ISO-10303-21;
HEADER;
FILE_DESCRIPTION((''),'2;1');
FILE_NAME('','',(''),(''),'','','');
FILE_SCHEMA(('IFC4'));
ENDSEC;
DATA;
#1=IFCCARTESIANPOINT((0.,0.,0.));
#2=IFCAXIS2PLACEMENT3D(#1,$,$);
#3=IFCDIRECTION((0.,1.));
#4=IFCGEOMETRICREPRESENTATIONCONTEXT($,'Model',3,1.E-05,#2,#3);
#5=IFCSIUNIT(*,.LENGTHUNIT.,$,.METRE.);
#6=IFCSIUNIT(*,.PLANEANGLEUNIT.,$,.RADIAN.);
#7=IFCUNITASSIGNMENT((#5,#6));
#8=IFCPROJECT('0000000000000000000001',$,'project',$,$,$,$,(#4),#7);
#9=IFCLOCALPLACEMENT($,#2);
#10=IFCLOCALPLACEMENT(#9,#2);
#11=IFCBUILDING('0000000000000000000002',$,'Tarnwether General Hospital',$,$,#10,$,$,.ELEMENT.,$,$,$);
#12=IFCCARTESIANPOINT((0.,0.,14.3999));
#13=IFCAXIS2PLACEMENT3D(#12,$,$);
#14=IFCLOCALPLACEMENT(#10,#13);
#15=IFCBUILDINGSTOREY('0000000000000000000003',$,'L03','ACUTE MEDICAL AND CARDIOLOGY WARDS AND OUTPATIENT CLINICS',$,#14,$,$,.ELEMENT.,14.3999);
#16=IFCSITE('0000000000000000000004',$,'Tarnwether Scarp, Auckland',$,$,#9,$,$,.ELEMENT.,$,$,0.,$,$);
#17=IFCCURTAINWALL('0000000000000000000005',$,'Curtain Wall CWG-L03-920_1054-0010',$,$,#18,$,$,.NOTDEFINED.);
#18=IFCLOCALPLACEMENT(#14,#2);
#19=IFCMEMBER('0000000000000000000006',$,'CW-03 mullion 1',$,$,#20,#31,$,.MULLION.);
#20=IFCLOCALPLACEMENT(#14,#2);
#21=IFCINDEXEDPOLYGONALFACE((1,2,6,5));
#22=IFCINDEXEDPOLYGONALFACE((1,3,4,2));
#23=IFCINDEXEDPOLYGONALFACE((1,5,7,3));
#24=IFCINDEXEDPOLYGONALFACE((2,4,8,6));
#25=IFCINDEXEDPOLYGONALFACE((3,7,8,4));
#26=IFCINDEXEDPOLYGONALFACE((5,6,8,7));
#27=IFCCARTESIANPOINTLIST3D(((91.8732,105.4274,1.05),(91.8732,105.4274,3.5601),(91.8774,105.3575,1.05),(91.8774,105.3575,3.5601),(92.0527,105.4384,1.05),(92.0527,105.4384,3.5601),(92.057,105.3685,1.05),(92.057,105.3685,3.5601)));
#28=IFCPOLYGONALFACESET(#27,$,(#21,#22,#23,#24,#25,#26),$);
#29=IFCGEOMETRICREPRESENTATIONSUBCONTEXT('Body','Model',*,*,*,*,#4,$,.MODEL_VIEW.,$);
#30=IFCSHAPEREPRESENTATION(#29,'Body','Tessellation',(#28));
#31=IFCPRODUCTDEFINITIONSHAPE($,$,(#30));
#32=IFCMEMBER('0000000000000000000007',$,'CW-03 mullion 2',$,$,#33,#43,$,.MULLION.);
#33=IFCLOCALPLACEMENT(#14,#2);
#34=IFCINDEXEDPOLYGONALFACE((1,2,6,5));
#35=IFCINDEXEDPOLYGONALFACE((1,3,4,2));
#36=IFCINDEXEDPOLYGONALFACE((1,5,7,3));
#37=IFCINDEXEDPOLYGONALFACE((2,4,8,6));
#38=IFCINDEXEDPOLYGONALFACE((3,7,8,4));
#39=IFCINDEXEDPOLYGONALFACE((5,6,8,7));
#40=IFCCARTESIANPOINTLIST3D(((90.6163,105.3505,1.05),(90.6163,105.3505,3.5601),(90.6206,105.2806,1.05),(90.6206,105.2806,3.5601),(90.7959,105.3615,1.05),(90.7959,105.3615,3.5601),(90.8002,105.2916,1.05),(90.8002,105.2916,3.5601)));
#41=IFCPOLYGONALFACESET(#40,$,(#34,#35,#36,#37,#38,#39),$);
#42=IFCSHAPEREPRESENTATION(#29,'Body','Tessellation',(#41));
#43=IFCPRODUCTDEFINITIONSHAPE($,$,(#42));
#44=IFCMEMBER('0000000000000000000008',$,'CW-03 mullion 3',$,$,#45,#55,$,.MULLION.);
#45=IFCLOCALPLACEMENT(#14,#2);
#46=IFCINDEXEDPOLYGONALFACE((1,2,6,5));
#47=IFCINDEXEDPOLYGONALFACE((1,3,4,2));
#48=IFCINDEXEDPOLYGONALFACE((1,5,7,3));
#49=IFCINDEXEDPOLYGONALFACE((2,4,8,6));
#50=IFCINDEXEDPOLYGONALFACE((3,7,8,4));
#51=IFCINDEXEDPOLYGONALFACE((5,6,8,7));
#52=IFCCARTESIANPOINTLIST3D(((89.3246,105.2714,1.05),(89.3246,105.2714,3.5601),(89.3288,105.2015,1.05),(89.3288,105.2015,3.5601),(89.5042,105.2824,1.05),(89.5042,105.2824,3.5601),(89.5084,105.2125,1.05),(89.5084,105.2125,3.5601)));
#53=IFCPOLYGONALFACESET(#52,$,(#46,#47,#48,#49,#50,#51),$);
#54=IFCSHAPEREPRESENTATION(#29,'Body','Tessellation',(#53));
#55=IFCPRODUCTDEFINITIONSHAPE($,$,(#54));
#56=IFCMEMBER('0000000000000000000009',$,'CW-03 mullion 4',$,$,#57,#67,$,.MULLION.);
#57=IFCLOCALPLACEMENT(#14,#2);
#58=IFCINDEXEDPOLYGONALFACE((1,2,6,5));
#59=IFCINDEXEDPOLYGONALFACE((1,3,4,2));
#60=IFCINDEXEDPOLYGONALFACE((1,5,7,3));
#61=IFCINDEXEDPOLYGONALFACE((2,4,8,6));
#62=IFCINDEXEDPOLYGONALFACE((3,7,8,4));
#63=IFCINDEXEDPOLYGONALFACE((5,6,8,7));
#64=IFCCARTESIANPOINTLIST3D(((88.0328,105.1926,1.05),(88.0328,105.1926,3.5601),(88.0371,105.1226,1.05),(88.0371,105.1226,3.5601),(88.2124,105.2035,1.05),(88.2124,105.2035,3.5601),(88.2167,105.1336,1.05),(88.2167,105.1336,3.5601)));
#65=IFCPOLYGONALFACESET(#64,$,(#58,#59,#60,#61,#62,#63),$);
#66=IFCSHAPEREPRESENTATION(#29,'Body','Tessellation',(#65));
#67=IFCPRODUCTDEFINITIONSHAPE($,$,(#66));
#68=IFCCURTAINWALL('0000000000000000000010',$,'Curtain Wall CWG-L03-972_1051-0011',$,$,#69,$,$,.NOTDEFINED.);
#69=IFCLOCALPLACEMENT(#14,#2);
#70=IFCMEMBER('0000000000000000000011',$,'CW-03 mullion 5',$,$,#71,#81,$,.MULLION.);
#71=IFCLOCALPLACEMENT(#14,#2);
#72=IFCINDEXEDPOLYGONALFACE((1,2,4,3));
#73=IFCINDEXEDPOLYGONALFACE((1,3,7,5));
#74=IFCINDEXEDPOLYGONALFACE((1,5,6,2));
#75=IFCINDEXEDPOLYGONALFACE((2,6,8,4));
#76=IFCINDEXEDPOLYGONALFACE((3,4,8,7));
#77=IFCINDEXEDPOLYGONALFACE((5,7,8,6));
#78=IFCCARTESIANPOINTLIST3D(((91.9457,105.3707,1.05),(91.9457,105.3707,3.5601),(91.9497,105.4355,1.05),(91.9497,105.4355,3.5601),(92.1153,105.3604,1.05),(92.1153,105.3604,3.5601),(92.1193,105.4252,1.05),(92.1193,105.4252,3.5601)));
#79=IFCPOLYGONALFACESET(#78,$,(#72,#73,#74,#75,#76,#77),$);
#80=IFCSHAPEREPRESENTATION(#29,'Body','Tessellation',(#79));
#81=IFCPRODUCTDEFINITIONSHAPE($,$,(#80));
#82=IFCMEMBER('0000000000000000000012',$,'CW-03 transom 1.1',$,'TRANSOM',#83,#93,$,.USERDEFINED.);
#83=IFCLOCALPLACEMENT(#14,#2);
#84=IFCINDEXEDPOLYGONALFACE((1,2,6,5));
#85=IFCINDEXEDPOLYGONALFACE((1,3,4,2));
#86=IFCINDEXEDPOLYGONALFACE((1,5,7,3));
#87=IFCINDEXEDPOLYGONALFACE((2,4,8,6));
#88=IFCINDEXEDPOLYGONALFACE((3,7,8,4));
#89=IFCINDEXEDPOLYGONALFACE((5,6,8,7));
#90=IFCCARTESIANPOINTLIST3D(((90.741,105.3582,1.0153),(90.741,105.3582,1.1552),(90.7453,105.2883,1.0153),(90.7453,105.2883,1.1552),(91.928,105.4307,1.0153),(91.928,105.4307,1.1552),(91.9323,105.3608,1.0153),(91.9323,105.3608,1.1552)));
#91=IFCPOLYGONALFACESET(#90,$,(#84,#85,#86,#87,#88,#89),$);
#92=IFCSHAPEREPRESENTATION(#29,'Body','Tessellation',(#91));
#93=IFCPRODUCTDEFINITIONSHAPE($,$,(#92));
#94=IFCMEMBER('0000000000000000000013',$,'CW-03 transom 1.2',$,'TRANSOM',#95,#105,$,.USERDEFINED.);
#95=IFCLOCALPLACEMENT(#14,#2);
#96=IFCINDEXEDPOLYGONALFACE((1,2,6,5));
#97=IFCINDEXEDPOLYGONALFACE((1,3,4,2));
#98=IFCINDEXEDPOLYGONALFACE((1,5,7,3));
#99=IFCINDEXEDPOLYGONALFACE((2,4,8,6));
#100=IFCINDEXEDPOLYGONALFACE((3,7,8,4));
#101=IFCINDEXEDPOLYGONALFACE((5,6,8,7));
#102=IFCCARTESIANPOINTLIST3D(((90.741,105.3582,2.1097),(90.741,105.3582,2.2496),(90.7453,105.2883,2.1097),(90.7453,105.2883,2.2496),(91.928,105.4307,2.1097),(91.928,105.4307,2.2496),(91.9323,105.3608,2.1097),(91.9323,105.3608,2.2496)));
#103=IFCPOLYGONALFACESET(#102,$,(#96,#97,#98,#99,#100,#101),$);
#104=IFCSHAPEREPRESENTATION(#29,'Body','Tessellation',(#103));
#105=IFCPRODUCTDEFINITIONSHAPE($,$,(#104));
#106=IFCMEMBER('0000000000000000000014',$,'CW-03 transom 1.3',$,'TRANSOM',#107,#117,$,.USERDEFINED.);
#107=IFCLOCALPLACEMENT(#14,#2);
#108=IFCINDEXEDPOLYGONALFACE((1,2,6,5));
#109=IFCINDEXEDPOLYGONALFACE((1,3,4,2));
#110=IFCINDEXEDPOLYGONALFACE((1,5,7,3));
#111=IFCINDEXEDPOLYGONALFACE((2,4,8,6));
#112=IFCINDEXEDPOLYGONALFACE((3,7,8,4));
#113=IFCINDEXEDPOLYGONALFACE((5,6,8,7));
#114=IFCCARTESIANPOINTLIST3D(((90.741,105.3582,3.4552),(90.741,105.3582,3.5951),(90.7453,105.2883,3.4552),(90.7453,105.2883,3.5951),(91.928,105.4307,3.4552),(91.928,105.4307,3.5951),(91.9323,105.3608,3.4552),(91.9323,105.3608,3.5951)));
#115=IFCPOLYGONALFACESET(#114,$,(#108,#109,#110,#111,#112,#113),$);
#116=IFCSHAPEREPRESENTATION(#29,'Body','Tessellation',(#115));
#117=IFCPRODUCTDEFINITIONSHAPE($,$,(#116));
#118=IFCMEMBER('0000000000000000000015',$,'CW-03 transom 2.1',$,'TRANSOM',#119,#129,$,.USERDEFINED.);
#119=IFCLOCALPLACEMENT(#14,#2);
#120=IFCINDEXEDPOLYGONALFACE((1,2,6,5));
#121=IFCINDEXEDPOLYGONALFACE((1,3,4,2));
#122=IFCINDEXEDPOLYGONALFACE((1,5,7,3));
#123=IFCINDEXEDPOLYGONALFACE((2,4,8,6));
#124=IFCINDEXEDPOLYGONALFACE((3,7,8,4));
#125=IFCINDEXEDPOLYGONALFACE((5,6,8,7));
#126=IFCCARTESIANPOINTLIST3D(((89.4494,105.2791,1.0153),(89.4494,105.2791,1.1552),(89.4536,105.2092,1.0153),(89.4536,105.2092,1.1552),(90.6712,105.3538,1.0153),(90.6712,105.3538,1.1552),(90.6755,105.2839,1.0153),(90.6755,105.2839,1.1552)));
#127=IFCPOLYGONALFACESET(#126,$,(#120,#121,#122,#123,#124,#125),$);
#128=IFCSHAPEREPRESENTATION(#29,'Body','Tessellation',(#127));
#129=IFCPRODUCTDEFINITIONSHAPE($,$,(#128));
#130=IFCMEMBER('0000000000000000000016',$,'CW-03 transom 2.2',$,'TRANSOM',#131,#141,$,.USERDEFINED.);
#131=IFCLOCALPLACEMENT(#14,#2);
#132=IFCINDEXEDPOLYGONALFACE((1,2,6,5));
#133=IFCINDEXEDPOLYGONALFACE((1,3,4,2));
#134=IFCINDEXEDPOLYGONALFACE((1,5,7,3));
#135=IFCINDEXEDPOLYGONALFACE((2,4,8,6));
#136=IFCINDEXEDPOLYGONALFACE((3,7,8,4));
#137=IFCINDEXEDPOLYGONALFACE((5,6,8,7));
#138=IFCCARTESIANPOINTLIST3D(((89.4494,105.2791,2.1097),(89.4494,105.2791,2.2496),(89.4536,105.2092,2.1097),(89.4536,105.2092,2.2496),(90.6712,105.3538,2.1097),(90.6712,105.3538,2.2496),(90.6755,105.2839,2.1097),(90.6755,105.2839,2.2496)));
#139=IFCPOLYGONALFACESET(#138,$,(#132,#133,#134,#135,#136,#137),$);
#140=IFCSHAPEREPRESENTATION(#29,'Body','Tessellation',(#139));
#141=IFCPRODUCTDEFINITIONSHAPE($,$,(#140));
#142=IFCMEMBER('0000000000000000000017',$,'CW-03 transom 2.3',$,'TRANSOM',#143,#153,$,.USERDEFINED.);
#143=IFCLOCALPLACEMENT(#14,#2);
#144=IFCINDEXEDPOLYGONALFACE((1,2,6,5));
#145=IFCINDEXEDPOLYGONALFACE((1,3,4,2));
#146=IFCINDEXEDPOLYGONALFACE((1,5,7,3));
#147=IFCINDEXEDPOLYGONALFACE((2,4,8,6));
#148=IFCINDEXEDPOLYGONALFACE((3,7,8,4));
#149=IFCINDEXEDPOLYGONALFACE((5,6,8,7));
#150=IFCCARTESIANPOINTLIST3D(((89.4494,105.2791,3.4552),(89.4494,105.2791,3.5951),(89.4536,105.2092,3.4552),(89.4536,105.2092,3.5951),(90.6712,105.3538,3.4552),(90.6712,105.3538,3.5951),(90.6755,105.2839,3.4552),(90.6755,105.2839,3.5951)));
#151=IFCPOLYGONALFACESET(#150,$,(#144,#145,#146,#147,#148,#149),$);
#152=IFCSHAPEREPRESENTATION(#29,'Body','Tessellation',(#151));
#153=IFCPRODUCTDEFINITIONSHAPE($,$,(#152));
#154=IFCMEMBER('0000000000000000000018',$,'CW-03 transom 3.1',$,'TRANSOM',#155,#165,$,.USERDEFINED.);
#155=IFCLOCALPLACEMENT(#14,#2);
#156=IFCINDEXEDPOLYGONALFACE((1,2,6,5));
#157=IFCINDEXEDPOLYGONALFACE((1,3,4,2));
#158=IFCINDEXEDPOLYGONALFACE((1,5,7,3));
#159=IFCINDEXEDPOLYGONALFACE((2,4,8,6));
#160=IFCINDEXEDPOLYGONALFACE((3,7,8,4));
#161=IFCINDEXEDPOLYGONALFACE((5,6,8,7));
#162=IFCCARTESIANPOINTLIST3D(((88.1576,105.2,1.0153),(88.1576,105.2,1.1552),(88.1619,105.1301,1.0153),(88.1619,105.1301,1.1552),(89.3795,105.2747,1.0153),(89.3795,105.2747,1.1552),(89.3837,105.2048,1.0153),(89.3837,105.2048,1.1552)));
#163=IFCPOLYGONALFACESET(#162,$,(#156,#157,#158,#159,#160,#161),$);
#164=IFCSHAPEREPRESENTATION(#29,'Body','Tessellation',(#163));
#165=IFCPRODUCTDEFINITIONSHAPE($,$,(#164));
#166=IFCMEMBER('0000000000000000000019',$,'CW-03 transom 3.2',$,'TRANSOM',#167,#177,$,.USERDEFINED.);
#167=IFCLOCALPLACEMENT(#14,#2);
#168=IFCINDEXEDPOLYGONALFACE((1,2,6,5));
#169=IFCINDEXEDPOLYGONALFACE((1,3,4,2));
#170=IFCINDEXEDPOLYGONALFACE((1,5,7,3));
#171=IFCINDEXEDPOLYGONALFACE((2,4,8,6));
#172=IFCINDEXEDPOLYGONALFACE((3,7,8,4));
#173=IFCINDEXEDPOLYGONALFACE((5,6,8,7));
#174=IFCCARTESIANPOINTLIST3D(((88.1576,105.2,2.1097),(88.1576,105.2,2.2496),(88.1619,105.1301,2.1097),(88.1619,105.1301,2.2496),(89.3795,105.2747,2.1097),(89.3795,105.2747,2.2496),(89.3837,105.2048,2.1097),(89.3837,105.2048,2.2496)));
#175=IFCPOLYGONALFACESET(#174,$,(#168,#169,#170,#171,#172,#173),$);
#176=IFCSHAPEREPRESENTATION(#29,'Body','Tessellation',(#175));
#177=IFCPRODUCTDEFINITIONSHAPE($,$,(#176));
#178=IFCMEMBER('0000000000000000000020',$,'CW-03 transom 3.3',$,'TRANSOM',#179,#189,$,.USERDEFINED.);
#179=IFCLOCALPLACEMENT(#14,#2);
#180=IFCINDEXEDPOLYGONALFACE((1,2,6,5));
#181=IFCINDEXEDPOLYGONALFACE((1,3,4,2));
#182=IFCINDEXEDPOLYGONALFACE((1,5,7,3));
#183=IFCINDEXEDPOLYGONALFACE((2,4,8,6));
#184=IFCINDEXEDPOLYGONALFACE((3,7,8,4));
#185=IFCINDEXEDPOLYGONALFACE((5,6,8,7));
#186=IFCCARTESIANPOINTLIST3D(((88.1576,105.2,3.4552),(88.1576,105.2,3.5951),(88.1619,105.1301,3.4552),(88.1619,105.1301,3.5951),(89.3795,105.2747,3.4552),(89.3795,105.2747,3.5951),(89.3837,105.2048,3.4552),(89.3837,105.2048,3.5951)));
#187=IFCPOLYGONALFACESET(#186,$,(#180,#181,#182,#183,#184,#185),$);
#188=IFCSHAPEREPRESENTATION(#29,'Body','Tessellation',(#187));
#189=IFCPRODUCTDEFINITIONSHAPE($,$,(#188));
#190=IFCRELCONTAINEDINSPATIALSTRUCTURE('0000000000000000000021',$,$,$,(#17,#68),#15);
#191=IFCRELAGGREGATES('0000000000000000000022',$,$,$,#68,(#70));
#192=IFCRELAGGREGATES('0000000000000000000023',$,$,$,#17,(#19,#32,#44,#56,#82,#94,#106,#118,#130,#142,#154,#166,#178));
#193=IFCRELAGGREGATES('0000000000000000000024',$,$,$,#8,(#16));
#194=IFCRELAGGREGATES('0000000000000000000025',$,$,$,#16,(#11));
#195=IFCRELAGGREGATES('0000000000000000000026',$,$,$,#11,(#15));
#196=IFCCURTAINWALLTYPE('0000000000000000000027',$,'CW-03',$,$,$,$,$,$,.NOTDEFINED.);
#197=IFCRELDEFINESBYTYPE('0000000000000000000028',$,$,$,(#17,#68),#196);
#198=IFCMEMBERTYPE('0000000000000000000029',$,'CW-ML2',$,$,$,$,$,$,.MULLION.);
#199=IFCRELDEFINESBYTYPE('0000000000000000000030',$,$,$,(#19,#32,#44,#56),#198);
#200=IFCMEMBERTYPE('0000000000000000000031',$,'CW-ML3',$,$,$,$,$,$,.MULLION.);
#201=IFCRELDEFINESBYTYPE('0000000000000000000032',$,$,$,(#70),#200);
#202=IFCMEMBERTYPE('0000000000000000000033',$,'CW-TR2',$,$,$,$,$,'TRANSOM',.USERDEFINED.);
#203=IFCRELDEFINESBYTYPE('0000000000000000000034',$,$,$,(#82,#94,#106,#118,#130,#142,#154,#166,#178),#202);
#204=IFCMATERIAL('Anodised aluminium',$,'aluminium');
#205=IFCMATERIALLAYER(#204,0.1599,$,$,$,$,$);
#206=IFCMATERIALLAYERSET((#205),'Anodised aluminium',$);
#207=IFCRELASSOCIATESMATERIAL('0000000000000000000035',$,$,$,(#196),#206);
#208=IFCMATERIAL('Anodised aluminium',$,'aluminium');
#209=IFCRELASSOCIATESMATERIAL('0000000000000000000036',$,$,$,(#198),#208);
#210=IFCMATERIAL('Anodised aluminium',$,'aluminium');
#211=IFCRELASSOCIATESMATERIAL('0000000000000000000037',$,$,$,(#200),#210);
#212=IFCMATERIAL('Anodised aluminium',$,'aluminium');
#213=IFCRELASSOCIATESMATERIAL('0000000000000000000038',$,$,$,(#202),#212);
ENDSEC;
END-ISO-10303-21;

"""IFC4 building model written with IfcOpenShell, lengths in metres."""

from ifc_helpers import new_model, si_unit, direction, frame, origin, origin_2d, place, context, subcontext, project, spatial, rectangle, extrude, material, layer, layer_set, material_profile, profile_set, type_object, element, aggregate, save


model = new_model("IFC4")

# Units and contexts
model_context = context("Model", 3, precision=1e-05, world=origin(), true_north=direction((0.0, 1.0)))
body_context = subcontext(model_context, "Body", "Model", "MODEL_VIEW")
ifc_project = project(units=[si_unit("LENGTHUNIT", "METRE"), si_unit("PLANEANGLEUNIT", "RADIAN")], contexts=[model_context])

# Site, building, storey
site_placement = place(None, origin())
site = spatial("IfcSite", under=ifc_project, at=site_placement, Name="Tarnwether Scarp, Auckland", CompositionType="ELEMENT", RefElevation=0.0)
building_placement = place(site_placement, origin())
building = spatial("IfcBuilding", under=site, at=building_placement, Name="Tarnwether General Hospital", CompositionType="ELEMENT")
storey_placement = place(building_placement, frame((0.0, 0.0, 14.3999)))
storey = spatial("IfcBuildingStorey", under=building, at=storey_placement, Name="L03", Description="ACUTE MEDICAL AND CARDIOLOGY WARDS AND OUTPATIENT CLINICS", CompositionType="ELEMENT", Elevation=14.3999)

# Curtain wall, members
ifc_material_1 = material(Name="Anodised aluminium", Category="aluminium")
ifc_layer_1 = layer(ifc_material_1, 0.1599)
ifc_layer_set_1 = layer_set([ifc_layer_1], Name="Anodised aluminium")
curtain_wall_type = type_object("IfcCurtainWallType", Name="CW-03", PredefinedType="NOTDEFINED", material=ifc_layer_set_1)
curtain_wall_1_placement = place(storey_placement, origin())
curtain_wall_1 = element("IfcCurtainWall", 1, at=curtain_wall_1_placement, inside=storey, type_object=curtain_wall_type, Name="Curtain Wall CWG-L03-920_1054-0010", PredefinedType="NOTDEFINED")
ifc_material_2 = material(Name="Anodised aluminium", Category="aluminium")
ifc_material_profile_1 = material_profile(ifc_material_2, rectangle(XDim=0.0701, YDim=0.1799, at=origin_2d()), Name="ALU-MUL-70x180")
ifc_profile_set_1 = profile_set([ifc_material_profile_1], Name="Anodised aluminium")
member_type_1 = type_object("IfcMemberType", Name="CW-ML2", PredefinedType="MULLION", material=ifc_profile_set_1)
member_1_placement = place(storey_placement, frame((91.9651, 105.3979, 1.05), z_axis=(0.0, 0.0, 1.0), x_axis=(0.061043, -0.998135, 0.0)))
member_1 = element("IfcMember", 2, at=member_1_placement, type_object=member_type_1, Name="CW-03 mullion 1", PredefinedType="MULLION", context=body_context, shape_type="SweptSolid", body=[
    extrude(rectangle(XDim=0.0701, YDim=0.1799, at=origin_2d()), origin(), (0.0, 0.0, 1.0), 2.51),
])
member_2_placement = place(storey_placement, frame((90.7083, 105.321, 1.05), z_axis=(0.0, 0.0, 1.0), x_axis=(0.061043, -0.998135, 0.0)))
member_2 = element("IfcMember", 3, at=member_2_placement, type_object=member_type_1, Name="CW-03 mullion 2", PredefinedType="MULLION", context=body_context, shape_type="SweptSolid", body=[
    extrude(rectangle(XDim=0.0701, YDim=0.1799, at=origin_2d()), origin(), (0.0, 0.0, 1.0), 2.51),
])
member_3_placement = place(storey_placement, frame((89.4165, 105.2419, 1.05), z_axis=(0.0, 0.0, 1.0), x_axis=(0.061043, -0.998135, 0.0)))
member_3 = element("IfcMember", 4, at=member_3_placement, type_object=member_type_1, Name="CW-03 mullion 3", PredefinedType="MULLION", context=body_context, shape_type="SweptSolid", body=[
    extrude(rectangle(XDim=0.0701, YDim=0.1799, at=origin_2d()), origin(), (0.0, 0.0, 1.0), 2.51),
])
member_4_placement = place(storey_placement, frame((88.1248, 105.1631, 1.05), z_axis=(0.0, 0.0, 1.0), x_axis=(0.061043, -0.998135, 0.0)))
member_4 = element("IfcMember", 5, at=member_4_placement, type_object=member_type_1, Name="CW-03 mullion 4", PredefinedType="MULLION", context=body_context, shape_type="SweptSolid", body=[
    extrude(rectangle(XDim=0.0701, YDim=0.1799, at=origin_2d()), origin(), (0.0, 0.0, 1.0), 2.51),
])

# Curtain wall, member
curtain_wall_2_placement = place(storey_placement, origin())
curtain_wall_2 = element("IfcCurtainWall", 6, at=curtain_wall_2_placement, inside=storey, type_object=curtain_wall_type, Name="Curtain Wall CWG-L03-972_1051-0011", PredefinedType="NOTDEFINED")
ifc_material_3 = material(Name="Anodised aluminium", Category="aluminium")
ifc_material_profile_2 = material_profile(ifc_material_3, rectangle(XDim=0.0649, YDim=0.1699, at=origin_2d()), Name="ALU-MUL-65x170")
ifc_profile_set_2 = profile_set([ifc_material_profile_2], Name="Anodised aluminium")
member_type_2 = type_object("IfcMemberType", Name="CW-ML3", PredefinedType="MULLION", material=ifc_profile_set_2)
member_5_placement = place(storey_placement, frame((92.0325, 105.3979, 1.05), z_axis=(0.0, 0.0, 1.0), x_axis=(-0.061043, -0.998135, 0.0)))
member_5 = element("IfcMember", 7, at=member_5_placement, type_object=member_type_2, Name="CW-03 mullion 5", PredefinedType="MULLION", context=body_context, shape_type="SweptSolid", body=[
    extrude(rectangle(XDim=0.0649, YDim=0.1699, at=origin_2d()), origin(), (0.0, 0.0, 1.0), 2.51),
])
aggregate(curtain_wall_2, [member_5])

# Members
ifc_material_4 = material(Name="Anodised aluminium", Category="aluminium")
ifc_material_profile_3 = material_profile(ifc_material_4, rectangle(XDim=0.0701, YDim=0.1399, at=origin_2d()), Name="ALU-TRN-70x140")
ifc_profile_set_3 = profile_set([ifc_material_profile_3], Name="Anodised aluminium")
member_type_3 = type_object("IfcMemberType", Name="CW-TR2", ElementType="TRANSOM", PredefinedType="USERDEFINED", material=ifc_profile_set_3)
member_6_placement = place(storey_placement, frame((91.9302, 105.3958, 1.0852), z_axis=(-0.998139, -0.060972, 0.0), x_axis=(0.060972, -0.998139, 0.0)))
member_6 = element("IfcMember", 8, at=member_6_placement, type_object=member_type_3, Name="CW-03 transom 1.1", ObjectType="TRANSOM", PredefinedType="USERDEFINED", context=body_context, shape_type="SweptSolid", body=[
    extrude(rectangle(XDim=0.0701, YDim=0.1399, at=origin_2d()), origin(), (0.0, 0.0, 1.0), 1.1892),
])
member_7_placement = place(storey_placement, frame((91.9302, 105.3958, 2.1797), z_axis=(-0.998139, -0.060972, 0.0), x_axis=(0.060972, -0.998139, 0.0)))
member_7 = element("IfcMember", 9, at=member_7_placement, type_object=member_type_3, Name="CW-03 transom 1.2", ObjectType="TRANSOM", PredefinedType="USERDEFINED", context=body_context, shape_type="SweptSolid", body=[
    extrude(rectangle(XDim=0.0701, YDim=0.1399, at=origin_2d()), origin(), (0.0, 0.0, 1.0), 1.1892),
])
member_8_placement = place(storey_placement, frame((91.9302, 105.3958, 3.5251), z_axis=(-0.998139, -0.060972, 0.0), x_axis=(0.060972, -0.998139, 0.0)))
member_8 = element("IfcMember", 10, at=member_8_placement, type_object=member_type_3, Name="CW-03 transom 1.3", ObjectType="TRANSOM", PredefinedType="USERDEFINED", context=body_context, shape_type="SweptSolid", body=[
    extrude(rectangle(XDim=0.0701, YDim=0.1399, at=origin_2d()), origin(), (0.0, 0.0, 1.0), 1.1892),
])
member_9_placement = place(storey_placement, frame((90.6733, 105.3188, 1.0852), z_axis=(-0.998136, -0.061025, 0.0), x_axis=(0.061025, -0.998136, 0.0)))
member_9 = element("IfcMember", 11, at=member_9_placement, type_object=member_type_3, Name="CW-03 transom 2.1", ObjectType="TRANSOM", PredefinedType="USERDEFINED", context=body_context, shape_type="SweptSolid", body=[
    extrude(rectangle(XDim=0.0701, YDim=0.1399, at=origin_2d()), origin(), (0.0, 0.0, 1.0), 1.2241),
])
member_10_placement = place(storey_placement, frame((90.6733, 105.3188, 2.1797), z_axis=(-0.998136, -0.061025, 0.0), x_axis=(0.061025, -0.998136, 0.0)))
member_10 = element("IfcMember", 12, at=member_10_placement, type_object=member_type_3, Name="CW-03 transom 2.2", ObjectType="TRANSOM", PredefinedType="USERDEFINED", context=body_context, shape_type="SweptSolid", body=[
    extrude(rectangle(XDim=0.0701, YDim=0.1399, at=origin_2d()), origin(), (0.0, 0.0, 1.0), 1.2241),
])
member_11_placement = place(storey_placement, frame((90.6733, 105.3188, 3.5251), z_axis=(-0.998136, -0.061025, 0.0), x_axis=(0.061025, -0.998136, 0.0)))
member_11 = element("IfcMember", 13, at=member_11_placement, type_object=member_type_3, Name="CW-03 transom 2.3", ObjectType="TRANSOM", PredefinedType="USERDEFINED", context=body_context, shape_type="SweptSolid", body=[
    extrude(rectangle(XDim=0.0701, YDim=0.1399, at=origin_2d()), origin(), (0.0, 0.0, 1.0), 1.2241),
])
member_12_placement = place(storey_placement, frame((89.3816, 105.2397, 1.0852), z_axis=(-0.998136, -0.061025, 0.0), x_axis=(0.061025, -0.998136, 0.0)))
member_12 = element("IfcMember", 14, at=member_12_placement, type_object=member_type_3, Name="CW-03 transom 3.1", ObjectType="TRANSOM", PredefinedType="USERDEFINED", context=body_context, shape_type="SweptSolid", body=[
    extrude(rectangle(XDim=0.0701, YDim=0.1399, at=origin_2d()), origin(), (0.0, 0.0, 1.0), 1.2241),
])
member_13_placement = place(storey_placement, frame((89.3816, 105.2397, 2.1797), z_axis=(-0.998136, -0.061025, 0.0), x_axis=(0.061025, -0.998136, 0.0)))
member_13 = element("IfcMember", 15, at=member_13_placement, type_object=member_type_3, Name="CW-03 transom 3.2", ObjectType="TRANSOM", PredefinedType="USERDEFINED", context=body_context, shape_type="SweptSolid", body=[
    extrude(rectangle(XDim=0.0701, YDim=0.1399, at=origin_2d()), origin(), (0.0, 0.0, 1.0), 1.2241),
])
member_14_placement = place(storey_placement, frame((89.3816, 105.2397, 3.5251), z_axis=(-0.998136, -0.061025, 0.0), x_axis=(0.061025, -0.998136, 0.0)))
member_14 = element("IfcMember", 16, at=member_14_placement, type_object=member_type_3, Name="CW-03 transom 3.3", ObjectType="TRANSOM", PredefinedType="USERDEFINED", context=body_context, shape_type="SweptSolid", body=[
    extrude(rectangle(XDim=0.0701, YDim=0.1399, at=origin_2d()), origin(), (0.0, 0.0, 1.0), 1.2241),
])

aggregate(curtain_wall_1, [member_1, member_2, member_3, member_4, member_6, member_7, member_8, member_9, member_10, member_11, member_12, member_13, member_14])

save(model, "model.ifc")
